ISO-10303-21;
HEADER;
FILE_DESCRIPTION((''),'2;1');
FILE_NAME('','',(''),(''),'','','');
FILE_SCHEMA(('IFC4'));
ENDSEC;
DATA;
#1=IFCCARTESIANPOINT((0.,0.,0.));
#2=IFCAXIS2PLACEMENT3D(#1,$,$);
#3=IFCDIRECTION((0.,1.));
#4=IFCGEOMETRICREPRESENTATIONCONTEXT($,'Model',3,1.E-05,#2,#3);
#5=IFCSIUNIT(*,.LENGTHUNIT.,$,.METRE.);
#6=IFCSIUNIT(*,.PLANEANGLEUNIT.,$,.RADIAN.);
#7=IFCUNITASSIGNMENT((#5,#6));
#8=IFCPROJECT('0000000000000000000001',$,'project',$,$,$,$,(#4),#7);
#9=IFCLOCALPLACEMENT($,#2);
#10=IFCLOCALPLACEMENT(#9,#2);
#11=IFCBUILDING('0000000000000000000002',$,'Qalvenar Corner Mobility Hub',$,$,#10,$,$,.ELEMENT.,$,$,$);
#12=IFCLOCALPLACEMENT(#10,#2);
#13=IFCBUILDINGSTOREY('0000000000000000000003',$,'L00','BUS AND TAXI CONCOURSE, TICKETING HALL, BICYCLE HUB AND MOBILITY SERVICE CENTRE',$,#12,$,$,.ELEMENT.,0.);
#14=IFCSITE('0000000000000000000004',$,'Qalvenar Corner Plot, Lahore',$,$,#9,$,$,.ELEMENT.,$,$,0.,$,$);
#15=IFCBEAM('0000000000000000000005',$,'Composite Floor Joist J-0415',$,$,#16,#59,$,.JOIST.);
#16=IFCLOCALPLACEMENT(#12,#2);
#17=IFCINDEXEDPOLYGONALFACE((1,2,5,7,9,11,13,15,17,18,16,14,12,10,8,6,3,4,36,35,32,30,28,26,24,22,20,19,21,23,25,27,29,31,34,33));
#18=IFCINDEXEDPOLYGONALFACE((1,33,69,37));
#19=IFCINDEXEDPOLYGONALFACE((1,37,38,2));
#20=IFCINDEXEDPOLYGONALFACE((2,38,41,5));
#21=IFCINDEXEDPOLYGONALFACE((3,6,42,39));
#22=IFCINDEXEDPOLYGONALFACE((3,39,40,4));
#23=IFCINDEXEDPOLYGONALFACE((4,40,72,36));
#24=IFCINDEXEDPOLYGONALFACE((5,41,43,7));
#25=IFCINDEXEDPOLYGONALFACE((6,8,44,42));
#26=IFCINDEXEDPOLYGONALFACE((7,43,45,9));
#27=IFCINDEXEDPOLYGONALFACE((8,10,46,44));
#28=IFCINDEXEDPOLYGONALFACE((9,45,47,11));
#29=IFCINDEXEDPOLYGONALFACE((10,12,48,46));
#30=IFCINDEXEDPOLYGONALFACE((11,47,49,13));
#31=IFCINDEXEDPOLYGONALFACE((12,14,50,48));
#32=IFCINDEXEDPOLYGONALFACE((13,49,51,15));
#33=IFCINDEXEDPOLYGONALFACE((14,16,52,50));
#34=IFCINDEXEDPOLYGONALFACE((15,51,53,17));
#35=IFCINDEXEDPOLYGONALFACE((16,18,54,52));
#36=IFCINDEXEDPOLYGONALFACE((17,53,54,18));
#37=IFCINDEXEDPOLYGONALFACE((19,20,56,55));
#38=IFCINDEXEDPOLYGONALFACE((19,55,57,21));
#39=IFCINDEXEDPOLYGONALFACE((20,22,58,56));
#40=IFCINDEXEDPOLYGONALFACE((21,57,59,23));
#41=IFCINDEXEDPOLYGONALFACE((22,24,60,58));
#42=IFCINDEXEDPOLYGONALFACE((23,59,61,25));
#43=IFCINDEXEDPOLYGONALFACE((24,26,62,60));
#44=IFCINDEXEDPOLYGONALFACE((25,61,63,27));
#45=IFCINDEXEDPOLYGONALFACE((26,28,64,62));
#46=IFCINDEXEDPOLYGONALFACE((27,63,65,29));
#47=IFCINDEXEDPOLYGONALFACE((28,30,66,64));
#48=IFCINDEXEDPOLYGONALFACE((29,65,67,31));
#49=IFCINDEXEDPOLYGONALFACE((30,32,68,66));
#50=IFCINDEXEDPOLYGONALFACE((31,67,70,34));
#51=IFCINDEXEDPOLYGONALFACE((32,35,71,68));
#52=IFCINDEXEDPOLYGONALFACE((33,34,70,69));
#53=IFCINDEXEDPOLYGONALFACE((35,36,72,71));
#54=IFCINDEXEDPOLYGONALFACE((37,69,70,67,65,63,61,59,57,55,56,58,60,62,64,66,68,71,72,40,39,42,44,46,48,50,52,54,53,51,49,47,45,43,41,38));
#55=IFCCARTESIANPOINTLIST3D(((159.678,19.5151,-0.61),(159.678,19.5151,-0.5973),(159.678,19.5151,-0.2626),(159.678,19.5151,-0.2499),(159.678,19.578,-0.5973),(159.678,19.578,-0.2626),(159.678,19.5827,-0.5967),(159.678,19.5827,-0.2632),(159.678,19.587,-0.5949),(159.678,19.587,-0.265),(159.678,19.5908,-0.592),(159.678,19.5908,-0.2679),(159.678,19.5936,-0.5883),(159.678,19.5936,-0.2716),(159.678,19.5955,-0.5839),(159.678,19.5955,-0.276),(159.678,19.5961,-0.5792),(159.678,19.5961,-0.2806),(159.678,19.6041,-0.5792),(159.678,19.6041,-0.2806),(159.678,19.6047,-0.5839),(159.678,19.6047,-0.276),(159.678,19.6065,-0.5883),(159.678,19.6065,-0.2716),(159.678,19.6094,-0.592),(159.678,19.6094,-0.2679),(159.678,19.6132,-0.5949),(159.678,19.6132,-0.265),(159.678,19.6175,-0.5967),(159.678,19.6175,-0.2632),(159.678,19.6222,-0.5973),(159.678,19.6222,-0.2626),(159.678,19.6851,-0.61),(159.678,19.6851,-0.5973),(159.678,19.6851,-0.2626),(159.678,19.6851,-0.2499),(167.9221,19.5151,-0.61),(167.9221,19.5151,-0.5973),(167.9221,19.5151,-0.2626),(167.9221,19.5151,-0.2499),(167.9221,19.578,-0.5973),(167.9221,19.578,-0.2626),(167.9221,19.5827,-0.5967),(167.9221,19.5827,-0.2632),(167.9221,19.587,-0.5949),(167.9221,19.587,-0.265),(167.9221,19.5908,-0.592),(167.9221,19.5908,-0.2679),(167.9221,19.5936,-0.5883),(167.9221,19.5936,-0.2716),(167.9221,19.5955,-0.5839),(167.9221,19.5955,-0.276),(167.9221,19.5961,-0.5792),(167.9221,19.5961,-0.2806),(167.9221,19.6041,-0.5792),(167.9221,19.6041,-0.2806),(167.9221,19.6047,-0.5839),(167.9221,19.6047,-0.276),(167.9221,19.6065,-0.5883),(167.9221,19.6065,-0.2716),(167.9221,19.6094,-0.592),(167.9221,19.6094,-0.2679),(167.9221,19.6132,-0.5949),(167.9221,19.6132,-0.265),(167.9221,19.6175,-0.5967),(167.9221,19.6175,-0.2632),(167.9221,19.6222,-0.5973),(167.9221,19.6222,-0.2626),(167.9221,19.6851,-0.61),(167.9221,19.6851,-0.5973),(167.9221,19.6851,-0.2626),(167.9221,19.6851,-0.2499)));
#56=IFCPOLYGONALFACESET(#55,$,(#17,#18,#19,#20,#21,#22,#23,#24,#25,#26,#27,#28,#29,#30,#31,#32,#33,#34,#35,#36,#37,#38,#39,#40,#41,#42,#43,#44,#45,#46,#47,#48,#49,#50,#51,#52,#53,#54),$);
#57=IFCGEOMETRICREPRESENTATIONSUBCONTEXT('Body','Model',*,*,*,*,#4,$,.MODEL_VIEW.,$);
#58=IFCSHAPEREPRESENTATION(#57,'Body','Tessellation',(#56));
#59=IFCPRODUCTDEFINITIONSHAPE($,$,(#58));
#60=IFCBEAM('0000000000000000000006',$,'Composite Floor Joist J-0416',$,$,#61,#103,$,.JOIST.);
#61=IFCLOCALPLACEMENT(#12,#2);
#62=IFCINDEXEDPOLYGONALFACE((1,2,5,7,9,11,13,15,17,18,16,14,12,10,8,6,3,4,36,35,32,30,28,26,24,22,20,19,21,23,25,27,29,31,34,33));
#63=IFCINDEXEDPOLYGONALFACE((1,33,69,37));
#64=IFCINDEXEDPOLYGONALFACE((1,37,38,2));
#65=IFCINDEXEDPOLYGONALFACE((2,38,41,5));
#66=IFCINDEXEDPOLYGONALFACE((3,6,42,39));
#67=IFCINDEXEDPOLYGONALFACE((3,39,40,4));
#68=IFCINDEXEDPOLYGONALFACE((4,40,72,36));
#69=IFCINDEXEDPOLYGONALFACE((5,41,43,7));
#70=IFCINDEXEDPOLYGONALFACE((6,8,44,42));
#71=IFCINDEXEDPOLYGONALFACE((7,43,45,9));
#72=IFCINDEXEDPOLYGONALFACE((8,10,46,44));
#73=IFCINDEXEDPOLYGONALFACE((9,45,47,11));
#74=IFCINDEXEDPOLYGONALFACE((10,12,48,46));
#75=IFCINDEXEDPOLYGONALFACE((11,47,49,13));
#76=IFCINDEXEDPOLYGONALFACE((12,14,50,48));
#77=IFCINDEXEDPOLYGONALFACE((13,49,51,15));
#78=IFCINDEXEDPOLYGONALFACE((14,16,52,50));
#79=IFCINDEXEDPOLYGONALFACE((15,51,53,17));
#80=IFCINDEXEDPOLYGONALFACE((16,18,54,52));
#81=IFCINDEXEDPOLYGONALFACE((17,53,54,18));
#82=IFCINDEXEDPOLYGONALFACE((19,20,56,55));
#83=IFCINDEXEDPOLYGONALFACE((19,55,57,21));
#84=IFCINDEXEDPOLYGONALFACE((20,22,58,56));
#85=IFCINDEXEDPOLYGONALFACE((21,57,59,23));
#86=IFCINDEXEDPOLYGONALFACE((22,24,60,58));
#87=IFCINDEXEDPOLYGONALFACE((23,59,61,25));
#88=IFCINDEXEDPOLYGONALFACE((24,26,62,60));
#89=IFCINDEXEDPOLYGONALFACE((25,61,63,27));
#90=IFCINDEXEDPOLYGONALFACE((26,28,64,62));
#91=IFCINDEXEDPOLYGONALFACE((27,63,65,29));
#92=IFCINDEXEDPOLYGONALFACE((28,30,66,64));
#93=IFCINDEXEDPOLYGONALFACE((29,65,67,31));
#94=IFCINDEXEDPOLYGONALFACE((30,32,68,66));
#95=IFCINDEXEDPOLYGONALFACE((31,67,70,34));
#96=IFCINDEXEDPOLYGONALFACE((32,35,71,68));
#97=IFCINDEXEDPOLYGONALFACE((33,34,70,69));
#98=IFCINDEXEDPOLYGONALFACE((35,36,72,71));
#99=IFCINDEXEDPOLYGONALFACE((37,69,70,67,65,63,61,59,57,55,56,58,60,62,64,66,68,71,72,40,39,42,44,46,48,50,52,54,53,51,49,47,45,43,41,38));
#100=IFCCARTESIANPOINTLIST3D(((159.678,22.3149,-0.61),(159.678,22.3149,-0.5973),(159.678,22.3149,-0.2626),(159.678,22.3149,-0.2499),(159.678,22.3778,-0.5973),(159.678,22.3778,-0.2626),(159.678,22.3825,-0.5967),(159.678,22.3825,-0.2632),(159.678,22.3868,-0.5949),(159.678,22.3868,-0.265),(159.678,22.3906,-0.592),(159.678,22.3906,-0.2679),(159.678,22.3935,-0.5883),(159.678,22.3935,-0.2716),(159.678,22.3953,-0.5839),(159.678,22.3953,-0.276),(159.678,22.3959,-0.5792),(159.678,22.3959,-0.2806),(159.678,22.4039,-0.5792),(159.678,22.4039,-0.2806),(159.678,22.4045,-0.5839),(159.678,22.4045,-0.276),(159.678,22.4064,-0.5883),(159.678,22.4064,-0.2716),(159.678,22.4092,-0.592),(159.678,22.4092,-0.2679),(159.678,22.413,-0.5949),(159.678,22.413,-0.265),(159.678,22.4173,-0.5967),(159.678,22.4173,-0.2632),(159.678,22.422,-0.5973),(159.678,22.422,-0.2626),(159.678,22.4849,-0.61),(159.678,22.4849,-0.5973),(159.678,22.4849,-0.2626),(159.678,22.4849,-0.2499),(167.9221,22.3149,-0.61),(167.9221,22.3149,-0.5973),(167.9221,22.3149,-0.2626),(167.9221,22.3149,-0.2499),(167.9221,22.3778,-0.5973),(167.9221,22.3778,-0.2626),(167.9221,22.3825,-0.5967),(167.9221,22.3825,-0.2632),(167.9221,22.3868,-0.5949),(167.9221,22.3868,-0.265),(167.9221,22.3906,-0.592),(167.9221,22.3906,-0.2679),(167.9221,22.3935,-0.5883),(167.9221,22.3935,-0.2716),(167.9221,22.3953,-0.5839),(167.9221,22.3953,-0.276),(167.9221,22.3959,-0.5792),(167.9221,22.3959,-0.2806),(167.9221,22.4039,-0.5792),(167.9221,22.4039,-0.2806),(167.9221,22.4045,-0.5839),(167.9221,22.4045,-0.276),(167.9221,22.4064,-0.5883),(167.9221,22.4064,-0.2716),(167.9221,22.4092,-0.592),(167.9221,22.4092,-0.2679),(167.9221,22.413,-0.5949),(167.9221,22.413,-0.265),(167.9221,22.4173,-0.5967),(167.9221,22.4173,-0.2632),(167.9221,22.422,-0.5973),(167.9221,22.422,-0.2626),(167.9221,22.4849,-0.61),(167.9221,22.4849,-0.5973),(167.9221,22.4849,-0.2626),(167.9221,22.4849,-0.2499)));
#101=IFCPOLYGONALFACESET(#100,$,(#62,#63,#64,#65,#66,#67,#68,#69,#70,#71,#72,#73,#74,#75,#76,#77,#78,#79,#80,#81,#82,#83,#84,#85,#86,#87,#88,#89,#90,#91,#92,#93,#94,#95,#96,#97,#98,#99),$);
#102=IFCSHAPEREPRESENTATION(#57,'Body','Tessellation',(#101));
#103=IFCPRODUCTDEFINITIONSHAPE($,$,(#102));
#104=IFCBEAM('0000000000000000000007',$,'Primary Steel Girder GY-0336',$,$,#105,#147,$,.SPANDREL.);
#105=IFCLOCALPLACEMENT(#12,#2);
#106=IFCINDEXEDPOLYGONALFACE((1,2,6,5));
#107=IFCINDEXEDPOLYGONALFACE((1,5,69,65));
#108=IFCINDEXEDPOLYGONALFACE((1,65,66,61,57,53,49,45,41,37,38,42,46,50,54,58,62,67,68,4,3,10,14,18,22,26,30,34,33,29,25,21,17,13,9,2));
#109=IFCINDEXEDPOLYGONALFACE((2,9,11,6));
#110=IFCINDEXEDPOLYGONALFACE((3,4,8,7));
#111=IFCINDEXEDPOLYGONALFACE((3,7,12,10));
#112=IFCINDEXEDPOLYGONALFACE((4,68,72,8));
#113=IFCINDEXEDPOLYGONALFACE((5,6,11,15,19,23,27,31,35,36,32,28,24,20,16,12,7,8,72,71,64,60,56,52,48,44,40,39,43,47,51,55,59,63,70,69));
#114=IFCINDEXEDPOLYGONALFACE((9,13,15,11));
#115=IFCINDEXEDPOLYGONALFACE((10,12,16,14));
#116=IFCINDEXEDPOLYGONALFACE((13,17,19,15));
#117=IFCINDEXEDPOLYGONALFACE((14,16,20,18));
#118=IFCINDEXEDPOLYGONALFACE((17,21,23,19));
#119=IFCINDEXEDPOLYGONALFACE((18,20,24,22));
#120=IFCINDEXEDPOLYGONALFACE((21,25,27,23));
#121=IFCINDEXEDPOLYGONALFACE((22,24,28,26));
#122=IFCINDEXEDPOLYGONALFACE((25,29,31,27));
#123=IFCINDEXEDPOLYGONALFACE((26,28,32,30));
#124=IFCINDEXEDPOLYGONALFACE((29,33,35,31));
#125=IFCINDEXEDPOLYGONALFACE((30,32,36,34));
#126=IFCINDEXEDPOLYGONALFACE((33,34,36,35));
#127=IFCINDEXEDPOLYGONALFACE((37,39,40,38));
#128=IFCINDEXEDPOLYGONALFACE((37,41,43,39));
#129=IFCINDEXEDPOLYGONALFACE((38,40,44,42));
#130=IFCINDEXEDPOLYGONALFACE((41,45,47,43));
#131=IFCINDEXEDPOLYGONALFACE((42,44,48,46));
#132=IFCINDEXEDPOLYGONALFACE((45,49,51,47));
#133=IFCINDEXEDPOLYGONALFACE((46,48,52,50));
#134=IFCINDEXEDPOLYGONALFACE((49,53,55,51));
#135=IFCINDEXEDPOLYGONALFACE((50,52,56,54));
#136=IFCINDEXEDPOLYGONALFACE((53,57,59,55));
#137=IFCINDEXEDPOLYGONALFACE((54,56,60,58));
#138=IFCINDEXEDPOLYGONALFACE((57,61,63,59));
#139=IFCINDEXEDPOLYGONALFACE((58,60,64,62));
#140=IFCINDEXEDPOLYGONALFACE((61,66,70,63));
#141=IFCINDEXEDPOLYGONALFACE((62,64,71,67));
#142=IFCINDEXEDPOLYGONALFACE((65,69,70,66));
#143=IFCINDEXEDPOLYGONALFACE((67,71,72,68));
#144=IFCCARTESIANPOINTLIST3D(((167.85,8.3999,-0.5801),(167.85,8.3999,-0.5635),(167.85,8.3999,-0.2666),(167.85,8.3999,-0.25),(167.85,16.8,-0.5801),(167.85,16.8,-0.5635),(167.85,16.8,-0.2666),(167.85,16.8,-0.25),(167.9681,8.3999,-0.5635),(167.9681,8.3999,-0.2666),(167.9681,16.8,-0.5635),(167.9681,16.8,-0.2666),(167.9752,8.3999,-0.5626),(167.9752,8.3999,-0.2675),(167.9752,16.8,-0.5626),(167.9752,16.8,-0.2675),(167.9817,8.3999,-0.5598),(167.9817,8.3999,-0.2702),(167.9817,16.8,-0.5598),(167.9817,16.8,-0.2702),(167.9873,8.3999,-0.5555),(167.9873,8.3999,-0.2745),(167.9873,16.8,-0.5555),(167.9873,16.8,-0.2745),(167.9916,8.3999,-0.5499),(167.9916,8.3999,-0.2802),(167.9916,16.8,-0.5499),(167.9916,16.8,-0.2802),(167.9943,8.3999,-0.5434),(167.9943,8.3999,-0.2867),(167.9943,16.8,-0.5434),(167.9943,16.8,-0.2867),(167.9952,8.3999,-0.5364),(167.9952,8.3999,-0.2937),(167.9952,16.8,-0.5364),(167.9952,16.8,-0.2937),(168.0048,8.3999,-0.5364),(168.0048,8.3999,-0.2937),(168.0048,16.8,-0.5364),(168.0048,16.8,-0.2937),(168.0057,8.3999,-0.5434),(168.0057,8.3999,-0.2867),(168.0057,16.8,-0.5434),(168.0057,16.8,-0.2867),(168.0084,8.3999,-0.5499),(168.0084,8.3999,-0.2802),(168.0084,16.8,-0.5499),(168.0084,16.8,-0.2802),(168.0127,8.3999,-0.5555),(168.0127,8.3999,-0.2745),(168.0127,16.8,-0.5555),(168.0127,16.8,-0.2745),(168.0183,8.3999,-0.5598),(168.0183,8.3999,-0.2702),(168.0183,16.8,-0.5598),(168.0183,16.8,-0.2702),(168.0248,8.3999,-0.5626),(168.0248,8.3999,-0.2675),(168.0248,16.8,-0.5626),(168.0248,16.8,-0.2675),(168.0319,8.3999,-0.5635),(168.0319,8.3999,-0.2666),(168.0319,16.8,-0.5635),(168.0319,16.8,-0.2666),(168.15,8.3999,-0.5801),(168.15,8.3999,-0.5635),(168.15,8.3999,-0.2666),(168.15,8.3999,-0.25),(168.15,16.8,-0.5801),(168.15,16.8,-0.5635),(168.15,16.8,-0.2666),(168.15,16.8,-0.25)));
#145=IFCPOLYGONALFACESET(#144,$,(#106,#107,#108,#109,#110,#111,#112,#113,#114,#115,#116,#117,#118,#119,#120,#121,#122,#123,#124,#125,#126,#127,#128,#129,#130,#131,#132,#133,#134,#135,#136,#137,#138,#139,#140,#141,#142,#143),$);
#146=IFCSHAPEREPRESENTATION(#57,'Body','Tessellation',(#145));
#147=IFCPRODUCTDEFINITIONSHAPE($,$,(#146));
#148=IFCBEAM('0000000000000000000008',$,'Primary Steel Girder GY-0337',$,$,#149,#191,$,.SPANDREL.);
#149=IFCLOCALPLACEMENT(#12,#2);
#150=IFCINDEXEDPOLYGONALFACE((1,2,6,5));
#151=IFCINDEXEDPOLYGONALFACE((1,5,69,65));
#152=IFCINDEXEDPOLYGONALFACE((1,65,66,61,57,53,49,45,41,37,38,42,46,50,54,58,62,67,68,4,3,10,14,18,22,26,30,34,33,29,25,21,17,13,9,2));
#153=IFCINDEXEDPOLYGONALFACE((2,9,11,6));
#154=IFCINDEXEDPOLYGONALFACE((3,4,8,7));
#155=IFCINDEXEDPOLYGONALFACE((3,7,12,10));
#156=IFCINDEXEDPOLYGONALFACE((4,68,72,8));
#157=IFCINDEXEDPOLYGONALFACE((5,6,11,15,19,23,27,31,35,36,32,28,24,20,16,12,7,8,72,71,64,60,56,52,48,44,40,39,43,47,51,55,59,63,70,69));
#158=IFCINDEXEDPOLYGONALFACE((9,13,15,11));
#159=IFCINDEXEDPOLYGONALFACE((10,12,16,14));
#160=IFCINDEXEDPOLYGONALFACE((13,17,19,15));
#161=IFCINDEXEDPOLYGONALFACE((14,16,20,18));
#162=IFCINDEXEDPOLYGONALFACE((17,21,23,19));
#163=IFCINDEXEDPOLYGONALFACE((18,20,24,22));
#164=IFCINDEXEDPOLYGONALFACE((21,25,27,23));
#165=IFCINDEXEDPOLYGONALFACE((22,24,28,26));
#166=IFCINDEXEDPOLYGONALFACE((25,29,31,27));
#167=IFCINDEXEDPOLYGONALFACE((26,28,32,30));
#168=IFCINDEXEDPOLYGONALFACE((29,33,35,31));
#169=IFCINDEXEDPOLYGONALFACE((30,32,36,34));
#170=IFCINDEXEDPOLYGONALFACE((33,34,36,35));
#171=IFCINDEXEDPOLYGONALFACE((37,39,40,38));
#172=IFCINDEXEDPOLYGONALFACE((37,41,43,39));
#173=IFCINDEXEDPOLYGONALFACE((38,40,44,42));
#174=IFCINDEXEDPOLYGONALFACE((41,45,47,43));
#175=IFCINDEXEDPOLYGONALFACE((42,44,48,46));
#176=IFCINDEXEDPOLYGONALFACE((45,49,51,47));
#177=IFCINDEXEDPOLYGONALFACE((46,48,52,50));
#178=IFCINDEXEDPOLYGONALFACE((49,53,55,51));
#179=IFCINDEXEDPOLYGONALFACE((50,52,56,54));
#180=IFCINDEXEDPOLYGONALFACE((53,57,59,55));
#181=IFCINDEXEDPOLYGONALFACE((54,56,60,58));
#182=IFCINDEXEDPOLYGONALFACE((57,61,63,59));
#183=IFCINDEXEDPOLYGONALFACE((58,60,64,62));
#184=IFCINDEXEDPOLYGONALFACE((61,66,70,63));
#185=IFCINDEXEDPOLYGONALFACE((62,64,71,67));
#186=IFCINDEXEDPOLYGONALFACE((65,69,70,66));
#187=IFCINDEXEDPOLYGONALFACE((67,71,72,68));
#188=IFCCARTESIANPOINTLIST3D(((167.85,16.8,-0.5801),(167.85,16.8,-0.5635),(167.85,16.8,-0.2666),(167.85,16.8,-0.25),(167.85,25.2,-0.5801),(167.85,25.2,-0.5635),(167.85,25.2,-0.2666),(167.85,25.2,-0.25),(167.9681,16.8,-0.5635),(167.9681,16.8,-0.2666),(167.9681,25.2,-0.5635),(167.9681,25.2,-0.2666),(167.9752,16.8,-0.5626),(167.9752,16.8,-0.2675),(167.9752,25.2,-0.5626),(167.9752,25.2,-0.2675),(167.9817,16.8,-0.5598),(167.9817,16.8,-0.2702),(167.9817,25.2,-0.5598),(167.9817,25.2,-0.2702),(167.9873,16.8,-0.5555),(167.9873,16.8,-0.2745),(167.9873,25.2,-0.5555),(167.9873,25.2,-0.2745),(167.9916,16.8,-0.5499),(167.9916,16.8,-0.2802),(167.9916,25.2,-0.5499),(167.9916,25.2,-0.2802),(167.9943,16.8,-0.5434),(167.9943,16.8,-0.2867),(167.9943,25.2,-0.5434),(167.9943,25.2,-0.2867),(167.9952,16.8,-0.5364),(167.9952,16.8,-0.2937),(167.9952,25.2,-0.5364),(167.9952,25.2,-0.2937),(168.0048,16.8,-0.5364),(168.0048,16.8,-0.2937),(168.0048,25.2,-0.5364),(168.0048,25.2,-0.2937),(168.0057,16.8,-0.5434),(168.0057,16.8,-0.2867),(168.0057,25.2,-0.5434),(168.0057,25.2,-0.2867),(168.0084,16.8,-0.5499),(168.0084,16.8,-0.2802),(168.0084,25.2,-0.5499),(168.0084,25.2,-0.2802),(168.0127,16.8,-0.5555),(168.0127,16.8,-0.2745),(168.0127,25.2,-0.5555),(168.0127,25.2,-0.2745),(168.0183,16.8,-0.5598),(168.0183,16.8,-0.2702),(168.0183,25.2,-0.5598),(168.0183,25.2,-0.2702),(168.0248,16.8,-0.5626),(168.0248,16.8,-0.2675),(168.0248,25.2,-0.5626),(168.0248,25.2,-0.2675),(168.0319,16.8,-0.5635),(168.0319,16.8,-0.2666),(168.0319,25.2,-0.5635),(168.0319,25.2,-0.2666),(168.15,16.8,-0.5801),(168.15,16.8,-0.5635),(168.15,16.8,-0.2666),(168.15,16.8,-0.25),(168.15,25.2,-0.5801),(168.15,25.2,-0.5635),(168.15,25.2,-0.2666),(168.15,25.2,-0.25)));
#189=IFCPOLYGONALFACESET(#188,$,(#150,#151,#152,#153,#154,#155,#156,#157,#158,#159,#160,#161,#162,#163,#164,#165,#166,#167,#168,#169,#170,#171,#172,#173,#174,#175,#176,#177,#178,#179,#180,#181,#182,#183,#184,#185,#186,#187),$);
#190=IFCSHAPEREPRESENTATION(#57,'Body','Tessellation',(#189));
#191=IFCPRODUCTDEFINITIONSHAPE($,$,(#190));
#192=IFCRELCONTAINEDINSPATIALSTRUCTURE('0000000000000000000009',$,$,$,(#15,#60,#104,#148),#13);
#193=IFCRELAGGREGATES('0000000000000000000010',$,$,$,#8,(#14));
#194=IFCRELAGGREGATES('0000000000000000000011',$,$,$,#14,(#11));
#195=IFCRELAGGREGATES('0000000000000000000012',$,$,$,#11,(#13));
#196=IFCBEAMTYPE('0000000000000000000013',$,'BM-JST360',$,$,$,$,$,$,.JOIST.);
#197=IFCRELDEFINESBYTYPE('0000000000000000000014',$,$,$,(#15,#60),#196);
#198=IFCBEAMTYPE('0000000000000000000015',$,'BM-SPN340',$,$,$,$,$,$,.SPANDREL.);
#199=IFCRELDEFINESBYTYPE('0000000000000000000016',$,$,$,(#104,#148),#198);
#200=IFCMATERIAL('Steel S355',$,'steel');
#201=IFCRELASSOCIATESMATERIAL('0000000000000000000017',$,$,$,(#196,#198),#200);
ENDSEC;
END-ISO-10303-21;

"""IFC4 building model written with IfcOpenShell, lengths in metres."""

from ifc_helpers import new_model, si_unit, direction, frame, origin, origin_2d, place, context, subcontext, project, spatial, i_section, extrude, material, material_profile, profile_set, type_object, element, save


model = new_model("IFC4")

# Units and contexts
model_context = context("Model", 3, precision=1e-05, world=origin(), true_north=direction((0.0, 1.0)))
body_context = subcontext(model_context, "Body", "Model", "MODEL_VIEW")
ifc_project = project(units=[si_unit("LENGTHUNIT", "METRE"), si_unit("PLANEANGLEUNIT", "RADIAN")], contexts=[model_context])

# Site, building, storey
site_placement = place(None, origin())
site = spatial("IfcSite", under=ifc_project, at=site_placement, Name="Qalvenar Corner Plot, Lahore", CompositionType="ELEMENT", RefElevation=0.0)
building_placement = place(site_placement, origin())
building = spatial("IfcBuilding", under=site, at=building_placement, Name="Qalvenar Corner Mobility Hub", CompositionType="ELEMENT")
storey_placement = place(building_placement, origin())
storey = spatial("IfcBuildingStorey", under=building, at=storey_placement, Name="L00", Description="BUS AND TAXI CONCOURSE, TICKETING HALL, BICYCLE HUB AND MOBILITY SERVICE CENTRE", CompositionType="ELEMENT", Elevation=0.0)

# Shared definitions
ifc_material_1 = material(Name="Steel S355", Category="steel")

# Beams
ifc_material_profile_1 = material_profile(ifc_material_1, i_section(OverallWidth=0.1699, OverallDepth=0.3601, WebThickness=0.0081, FlangeThickness=0.0127, FilletRadius=0.0181, at=origin_2d()), Name="IPE360")
ifc_profile_set_1 = profile_set([ifc_material_profile_1], Name="Steel S355")
beam_type_1 = type_object("IfcBeamType", Name="BM-JST360", PredefinedType="JOIST", material=ifc_profile_set_1)
for number, where, z_axis, x_axis, name in (
    (1, (159.678, 19.6001, -0.4299), (1.0, 0.0, 0.0), (0.0, 1.0, 0.0), "Composite Floor Joist J-0415"),
    (2, (159.678, 22.3999, -0.4299), (1.0, 0.0, 0.0), (0.0, 1.0, 0.0), "Composite Floor Joist J-0416"),
):
    element("IfcBeam", number, at=place(storey_placement, frame(where, z_axis=z_axis, x_axis=x_axis)), inside=storey, type_object=beam_type_1, Name=name, PredefinedType="JOIST", context=body_context, shape_type="SweptSolid", body=[
        extrude(i_section(OverallWidth=0.1699, OverallDepth=0.3601, WebThickness=0.0081, FlangeThickness=0.0127, FilletRadius=0.0181, at=origin_2d()), origin(), (0.0, 0.0, 1.0), 8.2441),
    ])
ifc_material_profile_2 = material_profile(ifc_material_1, i_section(OverallWidth=0.3, OverallDepth=0.3301, WebThickness=0.0095, FlangeThickness=0.0166, FilletRadius=0.0271, at=origin_2d()), Name="HEA340")
ifc_profile_set_2 = profile_set([ifc_material_profile_2], Name="Steel S355")
beam_type_2 = type_object("IfcBeamType", Name="BM-SPN340", PredefinedType="SPANDREL", material=ifc_profile_set_2)
beam_1_placement = place(storey_placement, frame((168.0, 8.3999, -0.415), z_axis=(0.0, 1.0, 0.0), x_axis=(-1.0, 0.0, 0.0)))
element("IfcBeam", 3, at=beam_1_placement, inside=storey, type_object=beam_type_2, Name="Primary Steel Girder GY-0336", PredefinedType="SPANDREL", context=body_context, shape_type="SweptSolid", body=[
    extrude(i_section(OverallWidth=0.3, OverallDepth=0.3301, WebThickness=0.0095, FlangeThickness=0.0166, FilletRadius=0.0271, at=origin_2d()), origin(), (0.0, 0.0, 1.0), 8.4001),
])
beam_2_placement = place(storey_placement, frame((168.0, 16.8, -0.415), z_axis=(0.0, 1.0, 0.0), x_axis=(-1.0, 0.0, 0.0)))
element("IfcBeam", 4, at=beam_2_placement, inside=storey, type_object=beam_type_2, Name="Primary Steel Girder GY-0337", PredefinedType="SPANDREL", context=body_context, shape_type="SweptSolid", body=[
    extrude(i_section(OverallWidth=0.3, OverallDepth=0.3301, WebThickness=0.0095, FlangeThickness=0.0166, FilletRadius=0.0271, at=origin_2d()), origin(), (0.0, 0.0, 1.0), 8.3999),
])

save(model, "model.ifc")
